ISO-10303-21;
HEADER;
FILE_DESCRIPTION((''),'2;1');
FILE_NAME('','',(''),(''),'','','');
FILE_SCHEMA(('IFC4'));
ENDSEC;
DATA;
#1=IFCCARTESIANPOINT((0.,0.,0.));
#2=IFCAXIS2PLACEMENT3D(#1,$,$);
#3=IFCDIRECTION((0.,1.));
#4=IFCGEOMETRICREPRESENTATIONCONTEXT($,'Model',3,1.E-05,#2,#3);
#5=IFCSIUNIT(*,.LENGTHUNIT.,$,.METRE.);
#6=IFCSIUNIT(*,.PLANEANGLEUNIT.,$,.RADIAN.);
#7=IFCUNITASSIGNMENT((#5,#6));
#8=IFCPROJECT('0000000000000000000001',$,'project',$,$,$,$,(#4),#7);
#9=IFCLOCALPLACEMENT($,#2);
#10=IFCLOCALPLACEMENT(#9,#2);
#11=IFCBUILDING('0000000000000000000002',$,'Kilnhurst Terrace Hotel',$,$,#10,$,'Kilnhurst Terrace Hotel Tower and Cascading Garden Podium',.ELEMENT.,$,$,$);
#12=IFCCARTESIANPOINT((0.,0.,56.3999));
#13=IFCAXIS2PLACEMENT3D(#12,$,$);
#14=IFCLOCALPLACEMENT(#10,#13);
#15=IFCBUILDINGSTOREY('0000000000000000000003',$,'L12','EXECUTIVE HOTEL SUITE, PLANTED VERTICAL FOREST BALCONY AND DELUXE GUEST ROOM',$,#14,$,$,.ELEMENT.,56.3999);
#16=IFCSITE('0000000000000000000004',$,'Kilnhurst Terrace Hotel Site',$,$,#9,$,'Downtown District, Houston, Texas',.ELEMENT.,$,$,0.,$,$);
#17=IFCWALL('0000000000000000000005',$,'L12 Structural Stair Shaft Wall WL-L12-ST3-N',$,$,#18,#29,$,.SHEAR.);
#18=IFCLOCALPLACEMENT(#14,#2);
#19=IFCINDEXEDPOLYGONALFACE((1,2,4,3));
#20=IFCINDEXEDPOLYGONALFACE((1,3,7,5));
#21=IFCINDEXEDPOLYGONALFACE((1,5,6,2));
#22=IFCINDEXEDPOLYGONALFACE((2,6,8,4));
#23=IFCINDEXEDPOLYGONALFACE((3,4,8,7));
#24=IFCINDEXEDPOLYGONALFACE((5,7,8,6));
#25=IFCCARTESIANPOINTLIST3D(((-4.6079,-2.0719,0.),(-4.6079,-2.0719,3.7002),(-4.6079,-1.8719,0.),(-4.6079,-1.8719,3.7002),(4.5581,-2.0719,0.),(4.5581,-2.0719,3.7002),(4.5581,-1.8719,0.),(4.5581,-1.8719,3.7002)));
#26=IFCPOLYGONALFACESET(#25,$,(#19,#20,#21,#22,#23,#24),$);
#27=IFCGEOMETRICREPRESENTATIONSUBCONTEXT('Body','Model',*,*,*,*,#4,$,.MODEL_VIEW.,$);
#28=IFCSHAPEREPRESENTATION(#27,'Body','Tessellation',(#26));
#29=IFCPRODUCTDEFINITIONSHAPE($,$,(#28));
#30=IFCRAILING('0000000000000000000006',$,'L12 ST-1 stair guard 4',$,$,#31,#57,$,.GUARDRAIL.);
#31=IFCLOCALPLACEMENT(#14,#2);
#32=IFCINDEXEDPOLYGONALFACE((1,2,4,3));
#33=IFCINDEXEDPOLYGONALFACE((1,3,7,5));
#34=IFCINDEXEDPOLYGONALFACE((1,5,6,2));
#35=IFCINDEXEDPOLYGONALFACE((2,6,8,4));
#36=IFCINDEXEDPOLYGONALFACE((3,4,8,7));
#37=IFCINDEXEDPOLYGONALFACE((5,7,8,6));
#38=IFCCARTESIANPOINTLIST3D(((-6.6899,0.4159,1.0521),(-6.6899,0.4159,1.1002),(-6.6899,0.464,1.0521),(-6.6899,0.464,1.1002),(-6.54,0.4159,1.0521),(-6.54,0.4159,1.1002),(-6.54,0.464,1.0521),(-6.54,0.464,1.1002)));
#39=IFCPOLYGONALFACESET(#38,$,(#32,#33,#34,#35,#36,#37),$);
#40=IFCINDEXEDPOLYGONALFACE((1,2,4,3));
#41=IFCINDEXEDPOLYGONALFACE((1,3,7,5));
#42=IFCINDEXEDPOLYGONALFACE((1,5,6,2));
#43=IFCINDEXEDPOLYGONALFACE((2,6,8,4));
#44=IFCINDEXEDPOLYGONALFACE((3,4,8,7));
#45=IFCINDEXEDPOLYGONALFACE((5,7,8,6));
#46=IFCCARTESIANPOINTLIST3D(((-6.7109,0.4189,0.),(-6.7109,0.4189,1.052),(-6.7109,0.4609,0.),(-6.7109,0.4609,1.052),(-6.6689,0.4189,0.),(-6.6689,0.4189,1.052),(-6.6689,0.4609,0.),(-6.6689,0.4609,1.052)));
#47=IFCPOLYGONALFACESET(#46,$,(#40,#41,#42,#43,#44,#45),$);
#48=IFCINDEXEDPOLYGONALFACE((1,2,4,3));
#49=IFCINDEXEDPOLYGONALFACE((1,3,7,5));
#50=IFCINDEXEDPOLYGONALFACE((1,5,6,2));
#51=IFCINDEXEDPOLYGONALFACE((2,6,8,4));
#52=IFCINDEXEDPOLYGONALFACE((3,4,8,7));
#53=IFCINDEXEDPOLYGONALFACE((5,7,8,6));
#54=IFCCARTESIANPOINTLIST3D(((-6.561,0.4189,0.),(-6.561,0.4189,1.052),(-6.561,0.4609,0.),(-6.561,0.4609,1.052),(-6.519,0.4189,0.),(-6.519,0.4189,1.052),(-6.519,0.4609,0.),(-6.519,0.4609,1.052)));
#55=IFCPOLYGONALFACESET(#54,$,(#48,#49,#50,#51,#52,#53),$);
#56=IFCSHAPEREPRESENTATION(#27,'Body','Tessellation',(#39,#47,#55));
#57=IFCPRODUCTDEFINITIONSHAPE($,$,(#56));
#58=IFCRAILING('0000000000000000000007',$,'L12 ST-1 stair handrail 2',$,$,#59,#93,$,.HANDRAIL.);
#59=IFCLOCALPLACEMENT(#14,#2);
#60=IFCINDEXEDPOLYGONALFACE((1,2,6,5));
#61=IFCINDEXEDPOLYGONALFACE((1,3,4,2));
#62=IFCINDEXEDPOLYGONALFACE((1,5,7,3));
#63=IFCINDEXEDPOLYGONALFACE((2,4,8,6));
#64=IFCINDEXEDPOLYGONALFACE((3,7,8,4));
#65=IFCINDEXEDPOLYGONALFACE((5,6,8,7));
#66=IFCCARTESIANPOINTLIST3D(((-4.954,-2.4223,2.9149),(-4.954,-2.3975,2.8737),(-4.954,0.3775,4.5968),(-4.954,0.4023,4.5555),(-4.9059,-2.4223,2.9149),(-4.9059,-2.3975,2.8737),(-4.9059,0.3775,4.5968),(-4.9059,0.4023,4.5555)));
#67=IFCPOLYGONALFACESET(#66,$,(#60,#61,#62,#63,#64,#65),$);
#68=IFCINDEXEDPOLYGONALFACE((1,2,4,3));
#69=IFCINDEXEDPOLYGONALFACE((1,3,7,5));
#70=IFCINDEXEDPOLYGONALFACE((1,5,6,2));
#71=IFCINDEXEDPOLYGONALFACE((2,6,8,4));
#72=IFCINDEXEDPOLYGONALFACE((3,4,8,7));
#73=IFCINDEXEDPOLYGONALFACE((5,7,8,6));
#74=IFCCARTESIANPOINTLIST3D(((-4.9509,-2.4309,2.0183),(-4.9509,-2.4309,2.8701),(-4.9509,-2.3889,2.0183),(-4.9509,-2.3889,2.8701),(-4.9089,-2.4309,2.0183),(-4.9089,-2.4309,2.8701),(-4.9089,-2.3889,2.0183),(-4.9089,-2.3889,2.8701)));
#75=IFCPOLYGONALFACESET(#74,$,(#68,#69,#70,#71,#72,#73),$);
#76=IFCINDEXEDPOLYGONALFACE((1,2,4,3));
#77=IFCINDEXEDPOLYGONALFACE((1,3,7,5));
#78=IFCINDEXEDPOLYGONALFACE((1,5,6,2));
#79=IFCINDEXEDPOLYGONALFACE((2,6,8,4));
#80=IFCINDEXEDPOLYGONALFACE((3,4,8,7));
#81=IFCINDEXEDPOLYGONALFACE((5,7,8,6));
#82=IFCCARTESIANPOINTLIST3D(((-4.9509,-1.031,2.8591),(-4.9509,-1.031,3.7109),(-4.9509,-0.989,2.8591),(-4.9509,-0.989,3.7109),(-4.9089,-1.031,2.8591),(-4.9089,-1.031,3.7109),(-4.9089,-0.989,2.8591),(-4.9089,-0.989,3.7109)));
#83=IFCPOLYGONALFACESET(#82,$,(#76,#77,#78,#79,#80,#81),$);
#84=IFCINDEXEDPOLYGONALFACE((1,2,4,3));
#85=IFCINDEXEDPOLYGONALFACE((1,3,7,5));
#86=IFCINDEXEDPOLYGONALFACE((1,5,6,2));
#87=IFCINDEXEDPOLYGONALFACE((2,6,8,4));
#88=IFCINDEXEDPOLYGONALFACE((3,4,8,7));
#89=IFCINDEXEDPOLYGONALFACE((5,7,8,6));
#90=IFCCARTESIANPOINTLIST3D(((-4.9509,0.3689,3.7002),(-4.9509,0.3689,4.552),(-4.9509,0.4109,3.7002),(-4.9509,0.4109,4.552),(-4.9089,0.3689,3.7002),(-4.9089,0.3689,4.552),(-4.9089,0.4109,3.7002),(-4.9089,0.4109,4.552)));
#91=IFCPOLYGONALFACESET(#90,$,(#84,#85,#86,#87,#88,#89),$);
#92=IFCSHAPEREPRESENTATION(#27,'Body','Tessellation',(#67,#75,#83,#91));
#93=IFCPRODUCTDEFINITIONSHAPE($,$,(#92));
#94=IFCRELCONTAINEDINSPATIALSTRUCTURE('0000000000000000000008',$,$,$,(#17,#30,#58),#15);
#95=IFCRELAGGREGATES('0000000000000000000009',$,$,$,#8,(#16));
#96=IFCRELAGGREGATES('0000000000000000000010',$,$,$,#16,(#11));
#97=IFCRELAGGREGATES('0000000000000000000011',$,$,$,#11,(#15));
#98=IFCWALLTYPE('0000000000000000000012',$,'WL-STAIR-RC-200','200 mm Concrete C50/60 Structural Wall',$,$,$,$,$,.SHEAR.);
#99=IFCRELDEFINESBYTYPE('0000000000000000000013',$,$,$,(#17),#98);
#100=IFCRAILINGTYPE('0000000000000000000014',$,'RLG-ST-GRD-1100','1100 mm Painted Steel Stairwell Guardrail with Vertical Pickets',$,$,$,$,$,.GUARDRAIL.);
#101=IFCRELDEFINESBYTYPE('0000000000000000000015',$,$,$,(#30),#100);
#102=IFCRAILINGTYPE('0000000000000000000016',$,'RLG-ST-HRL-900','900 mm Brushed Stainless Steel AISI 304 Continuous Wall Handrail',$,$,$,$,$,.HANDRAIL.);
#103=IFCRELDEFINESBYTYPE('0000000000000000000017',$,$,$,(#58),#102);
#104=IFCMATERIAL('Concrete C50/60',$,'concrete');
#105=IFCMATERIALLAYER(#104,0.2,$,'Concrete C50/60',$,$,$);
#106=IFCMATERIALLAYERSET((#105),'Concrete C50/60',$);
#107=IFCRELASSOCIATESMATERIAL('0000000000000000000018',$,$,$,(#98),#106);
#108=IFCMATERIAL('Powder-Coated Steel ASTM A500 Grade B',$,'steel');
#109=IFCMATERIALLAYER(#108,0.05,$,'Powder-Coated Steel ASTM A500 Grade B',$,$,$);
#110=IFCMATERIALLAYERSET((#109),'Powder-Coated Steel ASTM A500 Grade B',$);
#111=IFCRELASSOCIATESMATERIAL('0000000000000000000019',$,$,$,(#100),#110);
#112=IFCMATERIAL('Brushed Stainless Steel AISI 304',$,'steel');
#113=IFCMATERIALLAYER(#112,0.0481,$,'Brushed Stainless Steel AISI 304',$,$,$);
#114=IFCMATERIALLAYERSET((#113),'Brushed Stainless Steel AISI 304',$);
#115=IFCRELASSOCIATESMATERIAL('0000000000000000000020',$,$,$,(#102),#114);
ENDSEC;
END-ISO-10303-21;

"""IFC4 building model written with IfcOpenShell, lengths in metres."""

from ifc_helpers import new_model, si_unit, direction, frame, frame_2d, origin, origin_2d, place, context, subcontext, project, spatial, rectangle, extrude, material, layer, layer_set, type_object, element, save


model = new_model("IFC4")

# Units and contexts
model_context = context("Model", 3, precision=1e-05, world=origin(), true_north=direction((0.0, 1.0)))
body_context = subcontext(model_context, "Body", "Model", "MODEL_VIEW")
ifc_project = project(units=[si_unit("LENGTHUNIT", "METRE"), si_unit("PLANEANGLEUNIT", "RADIAN")], contexts=[model_context])

# Site, building, storey
site_placement = place(None, origin())
site = spatial("IfcSite", under=ifc_project, at=site_placement, Name="Kilnhurst Terrace Hotel Site", LongName="Downtown District, Houston, Texas", CompositionType="ELEMENT", RefElevation=0.0)
building_placement = place(site_placement, origin())
building = spatial("IfcBuilding", under=site, at=building_placement, Name="Kilnhurst Terrace Hotel", LongName="Kilnhurst Terrace Hotel Tower and Cascading Garden Podium", CompositionType="ELEMENT")
storey_placement = place(building_placement, frame((0.0, 0.0, 56.3999)))
storey = spatial("IfcBuildingStorey", under=building, at=storey_placement, Name="L12", Description="EXECUTIVE HOTEL SUITE, PLANTED VERTICAL FOREST BALCONY AND DELUXE GUEST ROOM", CompositionType="ELEMENT", Elevation=56.3999)

# Shared definitions
ifc_material_1 = material(Name="Concrete C50/60", Category="concrete")

# Wall
ifc_layer_1 = layer(ifc_material_1, 0.2, Name="Concrete C50/60")
ifc_layer_set_1 = layer_set([ifc_layer_1], Name="Concrete C50/60")
wall_type_1 = type_object("IfcWallType", Name="WL-STAIR-RC-200", Description="200 mm Concrete C50/60 Structural Wall", PredefinedType="SHEAR", material=ifc_layer_set_1)
wall_1_placement = place(storey_placement, frame((-4.6079, -1.9719, 0.0), z_axis=(0.0, 0.0, 1.0), x_axis=(1.0, 0.0, 0.0)))
element("IfcWall", 1, at=wall_1_placement, inside=storey, type_object=wall_type_1, Name="L12 Structural Stair Shaft Wall WL-L12-ST3-N", PredefinedType="SHEAR", context=body_context, shape_type="SweptSolid", body=[
    extrude(rectangle(XDim=9.166, YDim=0.2, at=frame_2d((4.583, 0.0))), origin(), (0.0, 0.0, 1.0), 3.7002),
])

# Railings
ifc_material_2 = material(Name="Powder-Coated Steel ASTM A500 Grade B", Category="steel")
ifc_layer_2 = layer(ifc_material_2, 0.05, Name="Powder-Coated Steel ASTM A500 Grade B")
ifc_layer_set_2 = layer_set([ifc_layer_2], Name="Powder-Coated Steel ASTM A500 Grade B")
railing_type_1 = type_object("IfcRailingType", Name="RLG-ST-GRD-1100", Description="1100 mm Painted Steel Stairwell Guardrail with Vertical Pickets", PredefinedType="GUARDRAIL", material=ifc_layer_set_2)
railing_1_placement = place(storey_placement, frame((-6.6899, 0.4399, 0.0)))
element("IfcRailing", 2, at=railing_1_placement, inside=storey, type_object=railing_type_1, Name="L12 ST-1 stair guard 4", PredefinedType="GUARDRAIL", context=body_context, shape_type="SweptSolid", body=[
    extrude(rectangle(XDim=0.0481, YDim=0.0481, at=origin_2d()), frame((0.0, 0.0, 1.0762), z_axis=(1.0, 0.0, 0.0), x_axis=(0.0, 1.0, 0.0)), (0.0, 0.0, 1.0), 0.1499),
    extrude(rectangle(XDim=0.042, YDim=0.042, at=origin_2d()), origin(), (0.0, 0.0, 1.0), 1.052),
    extrude(rectangle(XDim=0.042, YDim=0.042, at=origin_2d()), frame((0.1499, 0.0, 0.0)), (0.0, 0.0, 1.0), 1.052),
])
ifc_material_3 = material(Name="Brushed Stainless Steel AISI 304", Category="steel")
ifc_layer_3 = layer(ifc_material_3, 0.0481, Name="Brushed Stainless Steel AISI 304")
ifc_layer_set_3 = layer_set([ifc_layer_3], Name="Brushed Stainless Steel AISI 304")
railing_type_2 = type_object("IfcRailingType", Name="RLG-ST-HRL-900", Description="900 mm Brushed Stainless Steel AISI 304 Continuous Wall Handrail", PredefinedType="HANDRAIL", material=ifc_layer_set_3)
railing_2_placement = place(storey_placement, frame((-4.9299, -2.4099, 2.0183)))
element("IfcRailing", 3, at=railing_2_placement, inside=storey, type_object=railing_type_2, Name="L12 ST-1 stair handrail 2", PredefinedType="HANDRAIL", context=body_context, shape_type="SweptSolid", body=[
    extrude(rectangle(XDim=0.0481, YDim=0.0481, at=origin_2d()), frame((0.0, 0.0, 0.876), z_axis=(0.0, 0.857222, 0.514946), x_axis=(-1.0, 0.0, 0.0)), (0.0, 0.0, 1.0), 3.2661),
    extrude(rectangle(XDim=0.042, YDim=0.042, at=origin_2d()), origin(), (0.0, 0.0, 1.0), 0.8518),
    extrude(rectangle(XDim=0.042, YDim=0.042, at=origin_2d()), frame((0.0, 1.3999, 0.8408)), (0.0, 0.0, 1.0), 0.8518),
    extrude(rectangle(XDim=0.042, YDim=0.042, at=origin_2d()), frame((0.0, 2.7998, 1.6819)), (0.0, 0.0, 1.0), 0.8518),
])

save(model, "model.ifc")
